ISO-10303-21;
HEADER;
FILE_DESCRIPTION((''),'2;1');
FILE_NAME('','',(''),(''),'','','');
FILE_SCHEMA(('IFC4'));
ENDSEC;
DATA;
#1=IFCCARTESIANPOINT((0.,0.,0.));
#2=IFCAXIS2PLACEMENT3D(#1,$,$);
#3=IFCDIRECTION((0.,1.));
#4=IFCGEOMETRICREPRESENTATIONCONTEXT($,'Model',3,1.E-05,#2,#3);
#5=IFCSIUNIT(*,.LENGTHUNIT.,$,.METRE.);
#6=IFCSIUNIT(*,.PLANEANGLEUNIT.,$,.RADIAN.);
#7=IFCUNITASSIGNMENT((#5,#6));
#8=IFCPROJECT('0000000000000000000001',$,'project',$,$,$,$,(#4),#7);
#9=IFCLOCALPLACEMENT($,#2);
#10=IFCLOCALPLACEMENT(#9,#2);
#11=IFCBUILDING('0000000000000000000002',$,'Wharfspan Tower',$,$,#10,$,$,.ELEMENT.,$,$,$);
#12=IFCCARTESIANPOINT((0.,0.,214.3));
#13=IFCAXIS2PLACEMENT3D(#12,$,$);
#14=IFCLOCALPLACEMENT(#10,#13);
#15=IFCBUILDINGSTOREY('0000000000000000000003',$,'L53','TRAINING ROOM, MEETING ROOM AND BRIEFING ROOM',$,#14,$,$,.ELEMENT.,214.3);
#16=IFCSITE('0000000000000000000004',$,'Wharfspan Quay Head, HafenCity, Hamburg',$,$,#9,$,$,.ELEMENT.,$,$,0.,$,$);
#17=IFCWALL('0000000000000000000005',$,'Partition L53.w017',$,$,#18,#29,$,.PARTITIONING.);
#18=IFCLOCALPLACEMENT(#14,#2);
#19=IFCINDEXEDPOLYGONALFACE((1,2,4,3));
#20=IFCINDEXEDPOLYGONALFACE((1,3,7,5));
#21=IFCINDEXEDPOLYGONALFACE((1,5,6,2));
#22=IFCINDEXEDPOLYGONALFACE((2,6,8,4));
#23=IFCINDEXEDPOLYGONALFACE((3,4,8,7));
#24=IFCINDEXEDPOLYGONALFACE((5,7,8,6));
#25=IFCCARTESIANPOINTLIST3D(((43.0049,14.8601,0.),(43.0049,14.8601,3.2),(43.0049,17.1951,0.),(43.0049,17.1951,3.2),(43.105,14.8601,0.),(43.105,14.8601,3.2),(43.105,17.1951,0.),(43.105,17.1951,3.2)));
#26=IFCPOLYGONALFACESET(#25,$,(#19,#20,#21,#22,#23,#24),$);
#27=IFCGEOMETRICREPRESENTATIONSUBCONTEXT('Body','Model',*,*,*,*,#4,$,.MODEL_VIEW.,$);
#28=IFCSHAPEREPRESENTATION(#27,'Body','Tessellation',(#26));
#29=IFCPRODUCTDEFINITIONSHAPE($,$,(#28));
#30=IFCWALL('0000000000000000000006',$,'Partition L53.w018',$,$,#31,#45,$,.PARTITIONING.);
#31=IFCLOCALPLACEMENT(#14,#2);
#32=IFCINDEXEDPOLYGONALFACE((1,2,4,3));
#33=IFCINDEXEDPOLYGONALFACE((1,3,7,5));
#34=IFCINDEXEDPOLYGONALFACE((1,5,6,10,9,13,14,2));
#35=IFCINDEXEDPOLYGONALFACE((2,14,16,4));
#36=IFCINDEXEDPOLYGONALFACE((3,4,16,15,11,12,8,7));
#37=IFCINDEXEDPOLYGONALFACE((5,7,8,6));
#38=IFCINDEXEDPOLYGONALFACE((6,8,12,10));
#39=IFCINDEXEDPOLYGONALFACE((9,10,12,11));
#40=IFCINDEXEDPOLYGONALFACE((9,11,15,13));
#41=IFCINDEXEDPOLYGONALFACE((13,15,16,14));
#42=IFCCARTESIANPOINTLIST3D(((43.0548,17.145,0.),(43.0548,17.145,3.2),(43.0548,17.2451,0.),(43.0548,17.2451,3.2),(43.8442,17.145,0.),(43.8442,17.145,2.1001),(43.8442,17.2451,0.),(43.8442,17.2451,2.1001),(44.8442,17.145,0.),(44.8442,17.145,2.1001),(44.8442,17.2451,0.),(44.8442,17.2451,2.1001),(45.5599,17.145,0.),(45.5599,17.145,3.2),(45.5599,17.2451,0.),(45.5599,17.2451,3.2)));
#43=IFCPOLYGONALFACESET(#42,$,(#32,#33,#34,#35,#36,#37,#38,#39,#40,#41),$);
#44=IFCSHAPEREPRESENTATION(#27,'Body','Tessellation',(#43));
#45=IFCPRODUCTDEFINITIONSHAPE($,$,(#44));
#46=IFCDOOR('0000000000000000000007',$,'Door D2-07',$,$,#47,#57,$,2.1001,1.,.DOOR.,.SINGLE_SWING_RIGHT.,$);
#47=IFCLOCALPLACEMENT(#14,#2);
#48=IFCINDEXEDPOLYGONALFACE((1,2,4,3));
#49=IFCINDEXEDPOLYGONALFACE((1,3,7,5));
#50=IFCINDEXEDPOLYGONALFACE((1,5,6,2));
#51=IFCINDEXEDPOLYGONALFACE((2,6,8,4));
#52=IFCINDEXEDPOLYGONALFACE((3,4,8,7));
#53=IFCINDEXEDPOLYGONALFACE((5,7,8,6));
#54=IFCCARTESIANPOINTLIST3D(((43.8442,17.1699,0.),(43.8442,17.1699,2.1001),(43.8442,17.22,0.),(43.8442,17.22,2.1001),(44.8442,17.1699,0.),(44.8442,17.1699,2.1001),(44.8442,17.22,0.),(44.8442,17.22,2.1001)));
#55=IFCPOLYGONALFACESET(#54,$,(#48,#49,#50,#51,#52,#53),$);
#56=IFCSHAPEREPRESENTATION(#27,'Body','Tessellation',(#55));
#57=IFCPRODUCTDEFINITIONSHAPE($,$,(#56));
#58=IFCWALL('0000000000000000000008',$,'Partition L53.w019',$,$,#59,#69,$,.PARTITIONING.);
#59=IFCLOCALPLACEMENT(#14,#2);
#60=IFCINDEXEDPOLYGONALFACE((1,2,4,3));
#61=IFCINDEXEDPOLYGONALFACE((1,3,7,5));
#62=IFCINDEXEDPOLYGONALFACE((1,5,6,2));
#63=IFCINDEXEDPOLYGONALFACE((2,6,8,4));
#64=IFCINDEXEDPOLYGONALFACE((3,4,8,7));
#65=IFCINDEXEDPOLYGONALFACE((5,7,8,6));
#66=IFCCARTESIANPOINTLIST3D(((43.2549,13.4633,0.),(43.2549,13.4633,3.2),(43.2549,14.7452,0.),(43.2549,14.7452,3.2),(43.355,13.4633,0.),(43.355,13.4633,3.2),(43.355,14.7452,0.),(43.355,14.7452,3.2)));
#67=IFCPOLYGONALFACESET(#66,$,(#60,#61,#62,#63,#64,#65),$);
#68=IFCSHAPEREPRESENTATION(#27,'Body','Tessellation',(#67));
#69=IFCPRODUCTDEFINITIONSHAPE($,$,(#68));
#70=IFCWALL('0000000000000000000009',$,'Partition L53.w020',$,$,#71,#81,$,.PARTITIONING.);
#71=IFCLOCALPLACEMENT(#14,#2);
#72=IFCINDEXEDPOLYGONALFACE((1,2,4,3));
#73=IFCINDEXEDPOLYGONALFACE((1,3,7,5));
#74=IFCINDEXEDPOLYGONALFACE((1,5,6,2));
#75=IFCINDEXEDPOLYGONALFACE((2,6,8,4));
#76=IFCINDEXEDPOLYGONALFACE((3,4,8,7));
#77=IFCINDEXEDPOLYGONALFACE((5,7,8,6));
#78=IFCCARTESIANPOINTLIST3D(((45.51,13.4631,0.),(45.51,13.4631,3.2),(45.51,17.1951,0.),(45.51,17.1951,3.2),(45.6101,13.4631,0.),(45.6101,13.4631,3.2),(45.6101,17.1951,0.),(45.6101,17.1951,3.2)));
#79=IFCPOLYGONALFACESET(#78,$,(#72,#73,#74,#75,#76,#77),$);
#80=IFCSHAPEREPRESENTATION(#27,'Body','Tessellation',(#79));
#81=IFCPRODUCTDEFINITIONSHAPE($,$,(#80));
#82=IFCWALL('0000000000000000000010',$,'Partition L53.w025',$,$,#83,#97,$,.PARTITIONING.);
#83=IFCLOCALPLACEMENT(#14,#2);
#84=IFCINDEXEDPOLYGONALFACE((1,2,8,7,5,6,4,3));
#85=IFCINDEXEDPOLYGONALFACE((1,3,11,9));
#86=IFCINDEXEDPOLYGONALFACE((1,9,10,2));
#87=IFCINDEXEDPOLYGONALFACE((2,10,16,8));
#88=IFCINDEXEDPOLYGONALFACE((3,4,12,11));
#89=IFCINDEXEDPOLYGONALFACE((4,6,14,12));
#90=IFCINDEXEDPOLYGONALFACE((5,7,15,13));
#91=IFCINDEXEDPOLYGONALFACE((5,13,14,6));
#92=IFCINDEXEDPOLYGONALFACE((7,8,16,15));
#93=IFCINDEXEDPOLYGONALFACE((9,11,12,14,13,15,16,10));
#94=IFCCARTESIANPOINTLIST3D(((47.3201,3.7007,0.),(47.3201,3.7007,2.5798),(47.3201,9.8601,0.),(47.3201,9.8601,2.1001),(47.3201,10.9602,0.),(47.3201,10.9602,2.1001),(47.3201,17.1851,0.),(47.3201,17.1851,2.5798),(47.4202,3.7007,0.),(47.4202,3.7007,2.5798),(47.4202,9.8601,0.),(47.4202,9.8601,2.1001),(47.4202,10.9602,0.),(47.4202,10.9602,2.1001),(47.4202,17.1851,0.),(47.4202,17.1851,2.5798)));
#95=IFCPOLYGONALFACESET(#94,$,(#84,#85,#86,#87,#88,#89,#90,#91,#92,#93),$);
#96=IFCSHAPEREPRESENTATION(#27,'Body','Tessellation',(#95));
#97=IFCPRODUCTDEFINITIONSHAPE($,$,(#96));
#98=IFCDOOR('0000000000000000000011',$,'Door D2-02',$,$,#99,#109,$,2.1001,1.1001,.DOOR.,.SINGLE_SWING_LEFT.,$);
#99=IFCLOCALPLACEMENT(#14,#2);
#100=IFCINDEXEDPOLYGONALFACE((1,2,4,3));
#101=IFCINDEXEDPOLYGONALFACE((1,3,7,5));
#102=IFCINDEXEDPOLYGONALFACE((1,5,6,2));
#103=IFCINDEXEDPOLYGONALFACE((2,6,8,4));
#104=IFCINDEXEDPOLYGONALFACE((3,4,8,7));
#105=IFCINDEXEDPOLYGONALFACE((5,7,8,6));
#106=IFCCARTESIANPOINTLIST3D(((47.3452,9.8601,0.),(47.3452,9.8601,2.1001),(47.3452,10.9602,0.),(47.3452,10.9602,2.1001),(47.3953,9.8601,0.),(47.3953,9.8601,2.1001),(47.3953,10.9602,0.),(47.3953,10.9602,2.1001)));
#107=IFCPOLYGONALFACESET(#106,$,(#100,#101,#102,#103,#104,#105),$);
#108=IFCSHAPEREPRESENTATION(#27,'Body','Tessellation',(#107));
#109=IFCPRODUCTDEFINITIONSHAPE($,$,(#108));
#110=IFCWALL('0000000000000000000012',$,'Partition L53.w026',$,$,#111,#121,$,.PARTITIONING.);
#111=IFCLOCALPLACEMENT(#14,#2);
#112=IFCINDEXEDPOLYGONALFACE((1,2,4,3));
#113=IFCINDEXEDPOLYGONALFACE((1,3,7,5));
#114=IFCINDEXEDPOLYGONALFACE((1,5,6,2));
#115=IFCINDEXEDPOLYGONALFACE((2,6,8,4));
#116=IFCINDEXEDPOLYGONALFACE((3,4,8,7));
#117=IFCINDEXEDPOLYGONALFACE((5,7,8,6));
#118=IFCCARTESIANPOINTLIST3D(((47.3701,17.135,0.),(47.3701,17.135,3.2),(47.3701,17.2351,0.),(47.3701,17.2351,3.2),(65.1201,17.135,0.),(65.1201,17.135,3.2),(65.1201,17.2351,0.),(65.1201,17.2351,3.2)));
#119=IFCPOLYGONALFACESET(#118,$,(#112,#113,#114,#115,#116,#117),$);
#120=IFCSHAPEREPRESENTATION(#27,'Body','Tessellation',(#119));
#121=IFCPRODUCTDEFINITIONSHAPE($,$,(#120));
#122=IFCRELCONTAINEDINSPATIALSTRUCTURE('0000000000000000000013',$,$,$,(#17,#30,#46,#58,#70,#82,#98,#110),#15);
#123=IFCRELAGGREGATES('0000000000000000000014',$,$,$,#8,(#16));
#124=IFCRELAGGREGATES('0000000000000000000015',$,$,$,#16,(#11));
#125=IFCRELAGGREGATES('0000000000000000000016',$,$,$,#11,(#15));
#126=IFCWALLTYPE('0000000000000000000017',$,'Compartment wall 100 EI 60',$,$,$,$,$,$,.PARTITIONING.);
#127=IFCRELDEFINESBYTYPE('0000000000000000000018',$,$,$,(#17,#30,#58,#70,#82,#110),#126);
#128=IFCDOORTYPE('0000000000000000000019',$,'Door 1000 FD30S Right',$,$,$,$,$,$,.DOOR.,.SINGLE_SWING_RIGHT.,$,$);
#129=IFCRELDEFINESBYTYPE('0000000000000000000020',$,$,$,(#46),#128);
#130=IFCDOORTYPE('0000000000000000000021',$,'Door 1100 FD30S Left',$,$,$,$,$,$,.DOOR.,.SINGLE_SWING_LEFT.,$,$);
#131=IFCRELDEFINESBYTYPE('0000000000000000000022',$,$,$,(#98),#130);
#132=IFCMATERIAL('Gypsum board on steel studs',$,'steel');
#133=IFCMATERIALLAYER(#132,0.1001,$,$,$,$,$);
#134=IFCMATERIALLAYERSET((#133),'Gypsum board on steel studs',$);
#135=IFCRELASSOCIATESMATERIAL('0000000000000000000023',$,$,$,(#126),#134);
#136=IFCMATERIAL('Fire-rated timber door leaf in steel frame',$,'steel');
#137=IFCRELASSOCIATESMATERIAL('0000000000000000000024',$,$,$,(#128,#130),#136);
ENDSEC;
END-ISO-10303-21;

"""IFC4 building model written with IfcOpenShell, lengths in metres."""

from ifc_helpers import new_model, si_unit, direction, frame, frame_2d, origin, place, context, subcontext, project, spatial, rectangle, extrude, material, layer, layer_set, type_object, element, fill, save


model = new_model("IFC4")

# Units and contexts
model_context = context("Model", 3, precision=1e-05, world=origin(), true_north=direction((0.0, 1.0)))
body_context = subcontext(model_context, "Body", "Model", "MODEL_VIEW")
ifc_project = project(units=[si_unit("LENGTHUNIT", "METRE"), si_unit("PLANEANGLEUNIT", "RADIAN")], contexts=[model_context])

# Site, building, storey
site_placement = place(None, origin())
site = spatial("IfcSite", under=ifc_project, at=site_placement, Name="Wharfspan Quay Head, HafenCity, Hamburg", CompositionType="ELEMENT", RefElevation=0.0)
building_placement = place(site_placement, origin())
building = spatial("IfcBuilding", under=site, at=building_placement, Name="Wharfspan Tower", CompositionType="ELEMENT")
storey_placement = place(building_placement, frame((0.0, 0.0, 214.3)))
storey = spatial("IfcBuildingStorey", under=building, at=storey_placement, Name="L53", Description="TRAINING ROOM, MEETING ROOM AND BRIEFING ROOM", CompositionType="ELEMENT", Elevation=214.3)

# Wall
ifc_material_1 = material(Name="Gypsum board on steel studs", Category="steel")
ifc_layer_1 = layer(ifc_material_1, 0.1001)
ifc_layer_set_1 = layer_set([ifc_layer_1], Name="Gypsum board on steel studs")
wall_type_1 = type_object("IfcWallType", Name="Compartment wall 100 EI 60", PredefinedType="PARTITIONING", material=ifc_layer_set_1)
wall_1_placement = place(storey_placement, frame((43.0549, 14.8601, 0.0), z_axis=(0.0, 0.0, 1.0), x_axis=(0.0, 1.0, 0.0)))
element("IfcWall", 1, at=wall_1_placement, inside=storey, type_object=wall_type_1, Name="Partition L53.w017", PredefinedType="PARTITIONING", context=body_context, shape_type="SweptSolid", body=[
    extrude(rectangle(XDim=2.335, YDim=0.1001, at=frame_2d((1.1675, 0.0))), origin(), (0.0, 0.0, 1.0), 3.2),
])

# Wall, opening, door
wall_2_placement = place(storey_placement, frame((43.0549, 17.1951, 0.0), z_axis=(0.0, 0.0, 1.0), x_axis=(1.0, 0.0, 0.0)))
wall_2 = element("IfcWall", 2, at=wall_2_placement, inside=storey, type_object=wall_type_1, Name="Partition L53.w018", PredefinedType="PARTITIONING", context=body_context, shape_type="SweptSolid", body=[
    extrude(rectangle(XDim=2.5051, YDim=0.1001, at=frame_2d((1.2524, 0.0))), origin(), (0.0, 0.0, 1.0), 3.2),
])
opening_1_placement = place(wall_2_placement, frame((0.7893, 0.0, 0.0)))
opening_1 = element("IfcOpeningElement", 3, at=opening_1_placement, cuts=wall_2, PredefinedType="OPENING", context=body_context, shape_type="SweptSolid", body=[
    extrude(rectangle(XDim=1.0, YDim=2.1001, at=frame_2d((0.5, 1.05))), frame((0.0, 0.0601, 0.0), z_axis=(0.0, -1.0, 0.0), x_axis=(1.0, 0.0, 0.0)), (0.0, 0.0, 1.0), 0.1201),
])
ifc_material_2 = material(Name="Fire-rated timber door leaf in steel frame", Category="steel")
door_type_1 = type_object("IfcDoorType", Name="Door 1000 FD30S Right", OperationType="SINGLE_SWING_RIGHT", PredefinedType="DOOR", material=ifc_material_2)
door_1_placement = place(opening_1_placement, origin())
door_1 = element("IfcDoor", 4, at=door_1_placement, inside=storey, type_object=door_type_1, Name="Door D2-07", OperationType="SINGLE_SWING_RIGHT", OverallHeight=2.1001, OverallWidth=1.0, PredefinedType="DOOR", context=body_context, shape_type="SweptSolid", body=[
    extrude(rectangle(XDim=1.0, YDim=2.1001, at=frame_2d((0.5, 1.05))), frame((0.0, 0.0249, 0.0), z_axis=(0.0, -1.0, 0.0), x_axis=(1.0, 0.0, 0.0)), (0.0, 0.0, 1.0), 0.05),
])
fill(opening_1, door_1)

# Walls
wall_3_placement = place(storey_placement, frame((43.3049, 13.4631, 0.0), z_axis=(0.0, 0.0, 1.0), x_axis=(0.0, 1.0, 0.0)))
element("IfcWall", 5, at=wall_3_placement, inside=storey, type_object=wall_type_1, Name="Partition L53.w019", PredefinedType="PARTITIONING", context=body_context, shape_type="SweptSolid", body=[
    extrude(rectangle(XDim=1.282, YDim=0.1001, at=frame_2d((0.6411, 0.0))), origin(), (0.0, 0.0, 1.0), 3.2),
])
wall_4_placement = place(storey_placement, frame((45.5601, 13.4631, 0.0), z_axis=(0.0, 0.0, 1.0), x_axis=(0.0, 1.0, 0.0)))
element("IfcWall", 6, at=wall_4_placement, inside=storey, type_object=wall_type_1, Name="Partition L53.w020", PredefinedType="PARTITIONING", context=body_context, shape_type="SweptSolid", body=[
    extrude(rectangle(XDim=3.7319, YDim=0.1001, at=frame_2d((1.866, 0.0))), origin(), (0.0, 0.0, 1.0), 3.2),
])

# Wall, opening, door
wall_5_placement = place(storey_placement, frame((47.3701, 3.7007, 0.0), z_axis=(0.0, 0.0, 1.0), x_axis=(0.0, 1.0, 0.0)))
wall_5 = element("IfcWall", 7, at=wall_5_placement, inside=storey, type_object=wall_type_1, Name="Partition L53.w025", PredefinedType="PARTITIONING", context=body_context, shape_type="SweptSolid", body=[
    extrude(rectangle(XDim=13.4844, YDim=0.1001, at=frame_2d((6.7422, 0.0))), origin(), (0.0, 0.0, 1.0), 2.5798),
])
opening_2_placement = place(wall_5_placement, frame((6.1594, 0.0, 0.0)))
opening_2 = element("IfcOpeningElement", 8, at=opening_2_placement, cuts=wall_5, PredefinedType="OPENING", context=body_context, shape_type="SweptSolid", body=[
    extrude(rectangle(XDim=1.1001, YDim=2.1001, at=frame_2d((0.55, 1.05))), frame((0.0, 0.0601, 0.0), z_axis=(0.0, -1.0, 0.0), x_axis=(1.0, 0.0, 0.0)), (0.0, 0.0, 1.0), 0.1201),
])
door_type_2 = type_object("IfcDoorType", Name="Door 1100 FD30S Left", OperationType="SINGLE_SWING_LEFT", PredefinedType="DOOR", material=ifc_material_2)
door_2_placement = place(opening_2_placement, origin())
door_2 = element("IfcDoor", 9, at=door_2_placement, inside=storey, type_object=door_type_2, Name="Door D2-02", OperationType="SINGLE_SWING_LEFT", OverallHeight=2.1001, OverallWidth=1.1001, PredefinedType="DOOR", context=body_context, shape_type="SweptSolid", body=[
    extrude(rectangle(XDim=1.1001, YDim=2.1001, at=frame_2d((0.55, 1.05))), frame((0.0, 0.0249, 0.0), z_axis=(0.0, -1.0, 0.0), x_axis=(1.0, 0.0, 0.0)), (0.0, 0.0, 1.0), 0.05),
])
fill(opening_2, door_2)

# Wall
wall_6_placement = place(storey_placement, frame((47.3701, 17.1851, 0.0), z_axis=(0.0, 0.0, 1.0), x_axis=(1.0, 0.0, 0.0)))
element("IfcWall", 10, at=wall_6_placement, inside=storey, type_object=wall_type_1, Name="Partition L53.w026", PredefinedType="PARTITIONING", context=body_context, shape_type="SweptSolid", body=[
    extrude(rectangle(XDim=17.75, YDim=0.1001, at=frame_2d((8.875, 0.0))), origin(), (0.0, 0.0, 1.0), 3.2),
])

save(model, "model.ifc")
